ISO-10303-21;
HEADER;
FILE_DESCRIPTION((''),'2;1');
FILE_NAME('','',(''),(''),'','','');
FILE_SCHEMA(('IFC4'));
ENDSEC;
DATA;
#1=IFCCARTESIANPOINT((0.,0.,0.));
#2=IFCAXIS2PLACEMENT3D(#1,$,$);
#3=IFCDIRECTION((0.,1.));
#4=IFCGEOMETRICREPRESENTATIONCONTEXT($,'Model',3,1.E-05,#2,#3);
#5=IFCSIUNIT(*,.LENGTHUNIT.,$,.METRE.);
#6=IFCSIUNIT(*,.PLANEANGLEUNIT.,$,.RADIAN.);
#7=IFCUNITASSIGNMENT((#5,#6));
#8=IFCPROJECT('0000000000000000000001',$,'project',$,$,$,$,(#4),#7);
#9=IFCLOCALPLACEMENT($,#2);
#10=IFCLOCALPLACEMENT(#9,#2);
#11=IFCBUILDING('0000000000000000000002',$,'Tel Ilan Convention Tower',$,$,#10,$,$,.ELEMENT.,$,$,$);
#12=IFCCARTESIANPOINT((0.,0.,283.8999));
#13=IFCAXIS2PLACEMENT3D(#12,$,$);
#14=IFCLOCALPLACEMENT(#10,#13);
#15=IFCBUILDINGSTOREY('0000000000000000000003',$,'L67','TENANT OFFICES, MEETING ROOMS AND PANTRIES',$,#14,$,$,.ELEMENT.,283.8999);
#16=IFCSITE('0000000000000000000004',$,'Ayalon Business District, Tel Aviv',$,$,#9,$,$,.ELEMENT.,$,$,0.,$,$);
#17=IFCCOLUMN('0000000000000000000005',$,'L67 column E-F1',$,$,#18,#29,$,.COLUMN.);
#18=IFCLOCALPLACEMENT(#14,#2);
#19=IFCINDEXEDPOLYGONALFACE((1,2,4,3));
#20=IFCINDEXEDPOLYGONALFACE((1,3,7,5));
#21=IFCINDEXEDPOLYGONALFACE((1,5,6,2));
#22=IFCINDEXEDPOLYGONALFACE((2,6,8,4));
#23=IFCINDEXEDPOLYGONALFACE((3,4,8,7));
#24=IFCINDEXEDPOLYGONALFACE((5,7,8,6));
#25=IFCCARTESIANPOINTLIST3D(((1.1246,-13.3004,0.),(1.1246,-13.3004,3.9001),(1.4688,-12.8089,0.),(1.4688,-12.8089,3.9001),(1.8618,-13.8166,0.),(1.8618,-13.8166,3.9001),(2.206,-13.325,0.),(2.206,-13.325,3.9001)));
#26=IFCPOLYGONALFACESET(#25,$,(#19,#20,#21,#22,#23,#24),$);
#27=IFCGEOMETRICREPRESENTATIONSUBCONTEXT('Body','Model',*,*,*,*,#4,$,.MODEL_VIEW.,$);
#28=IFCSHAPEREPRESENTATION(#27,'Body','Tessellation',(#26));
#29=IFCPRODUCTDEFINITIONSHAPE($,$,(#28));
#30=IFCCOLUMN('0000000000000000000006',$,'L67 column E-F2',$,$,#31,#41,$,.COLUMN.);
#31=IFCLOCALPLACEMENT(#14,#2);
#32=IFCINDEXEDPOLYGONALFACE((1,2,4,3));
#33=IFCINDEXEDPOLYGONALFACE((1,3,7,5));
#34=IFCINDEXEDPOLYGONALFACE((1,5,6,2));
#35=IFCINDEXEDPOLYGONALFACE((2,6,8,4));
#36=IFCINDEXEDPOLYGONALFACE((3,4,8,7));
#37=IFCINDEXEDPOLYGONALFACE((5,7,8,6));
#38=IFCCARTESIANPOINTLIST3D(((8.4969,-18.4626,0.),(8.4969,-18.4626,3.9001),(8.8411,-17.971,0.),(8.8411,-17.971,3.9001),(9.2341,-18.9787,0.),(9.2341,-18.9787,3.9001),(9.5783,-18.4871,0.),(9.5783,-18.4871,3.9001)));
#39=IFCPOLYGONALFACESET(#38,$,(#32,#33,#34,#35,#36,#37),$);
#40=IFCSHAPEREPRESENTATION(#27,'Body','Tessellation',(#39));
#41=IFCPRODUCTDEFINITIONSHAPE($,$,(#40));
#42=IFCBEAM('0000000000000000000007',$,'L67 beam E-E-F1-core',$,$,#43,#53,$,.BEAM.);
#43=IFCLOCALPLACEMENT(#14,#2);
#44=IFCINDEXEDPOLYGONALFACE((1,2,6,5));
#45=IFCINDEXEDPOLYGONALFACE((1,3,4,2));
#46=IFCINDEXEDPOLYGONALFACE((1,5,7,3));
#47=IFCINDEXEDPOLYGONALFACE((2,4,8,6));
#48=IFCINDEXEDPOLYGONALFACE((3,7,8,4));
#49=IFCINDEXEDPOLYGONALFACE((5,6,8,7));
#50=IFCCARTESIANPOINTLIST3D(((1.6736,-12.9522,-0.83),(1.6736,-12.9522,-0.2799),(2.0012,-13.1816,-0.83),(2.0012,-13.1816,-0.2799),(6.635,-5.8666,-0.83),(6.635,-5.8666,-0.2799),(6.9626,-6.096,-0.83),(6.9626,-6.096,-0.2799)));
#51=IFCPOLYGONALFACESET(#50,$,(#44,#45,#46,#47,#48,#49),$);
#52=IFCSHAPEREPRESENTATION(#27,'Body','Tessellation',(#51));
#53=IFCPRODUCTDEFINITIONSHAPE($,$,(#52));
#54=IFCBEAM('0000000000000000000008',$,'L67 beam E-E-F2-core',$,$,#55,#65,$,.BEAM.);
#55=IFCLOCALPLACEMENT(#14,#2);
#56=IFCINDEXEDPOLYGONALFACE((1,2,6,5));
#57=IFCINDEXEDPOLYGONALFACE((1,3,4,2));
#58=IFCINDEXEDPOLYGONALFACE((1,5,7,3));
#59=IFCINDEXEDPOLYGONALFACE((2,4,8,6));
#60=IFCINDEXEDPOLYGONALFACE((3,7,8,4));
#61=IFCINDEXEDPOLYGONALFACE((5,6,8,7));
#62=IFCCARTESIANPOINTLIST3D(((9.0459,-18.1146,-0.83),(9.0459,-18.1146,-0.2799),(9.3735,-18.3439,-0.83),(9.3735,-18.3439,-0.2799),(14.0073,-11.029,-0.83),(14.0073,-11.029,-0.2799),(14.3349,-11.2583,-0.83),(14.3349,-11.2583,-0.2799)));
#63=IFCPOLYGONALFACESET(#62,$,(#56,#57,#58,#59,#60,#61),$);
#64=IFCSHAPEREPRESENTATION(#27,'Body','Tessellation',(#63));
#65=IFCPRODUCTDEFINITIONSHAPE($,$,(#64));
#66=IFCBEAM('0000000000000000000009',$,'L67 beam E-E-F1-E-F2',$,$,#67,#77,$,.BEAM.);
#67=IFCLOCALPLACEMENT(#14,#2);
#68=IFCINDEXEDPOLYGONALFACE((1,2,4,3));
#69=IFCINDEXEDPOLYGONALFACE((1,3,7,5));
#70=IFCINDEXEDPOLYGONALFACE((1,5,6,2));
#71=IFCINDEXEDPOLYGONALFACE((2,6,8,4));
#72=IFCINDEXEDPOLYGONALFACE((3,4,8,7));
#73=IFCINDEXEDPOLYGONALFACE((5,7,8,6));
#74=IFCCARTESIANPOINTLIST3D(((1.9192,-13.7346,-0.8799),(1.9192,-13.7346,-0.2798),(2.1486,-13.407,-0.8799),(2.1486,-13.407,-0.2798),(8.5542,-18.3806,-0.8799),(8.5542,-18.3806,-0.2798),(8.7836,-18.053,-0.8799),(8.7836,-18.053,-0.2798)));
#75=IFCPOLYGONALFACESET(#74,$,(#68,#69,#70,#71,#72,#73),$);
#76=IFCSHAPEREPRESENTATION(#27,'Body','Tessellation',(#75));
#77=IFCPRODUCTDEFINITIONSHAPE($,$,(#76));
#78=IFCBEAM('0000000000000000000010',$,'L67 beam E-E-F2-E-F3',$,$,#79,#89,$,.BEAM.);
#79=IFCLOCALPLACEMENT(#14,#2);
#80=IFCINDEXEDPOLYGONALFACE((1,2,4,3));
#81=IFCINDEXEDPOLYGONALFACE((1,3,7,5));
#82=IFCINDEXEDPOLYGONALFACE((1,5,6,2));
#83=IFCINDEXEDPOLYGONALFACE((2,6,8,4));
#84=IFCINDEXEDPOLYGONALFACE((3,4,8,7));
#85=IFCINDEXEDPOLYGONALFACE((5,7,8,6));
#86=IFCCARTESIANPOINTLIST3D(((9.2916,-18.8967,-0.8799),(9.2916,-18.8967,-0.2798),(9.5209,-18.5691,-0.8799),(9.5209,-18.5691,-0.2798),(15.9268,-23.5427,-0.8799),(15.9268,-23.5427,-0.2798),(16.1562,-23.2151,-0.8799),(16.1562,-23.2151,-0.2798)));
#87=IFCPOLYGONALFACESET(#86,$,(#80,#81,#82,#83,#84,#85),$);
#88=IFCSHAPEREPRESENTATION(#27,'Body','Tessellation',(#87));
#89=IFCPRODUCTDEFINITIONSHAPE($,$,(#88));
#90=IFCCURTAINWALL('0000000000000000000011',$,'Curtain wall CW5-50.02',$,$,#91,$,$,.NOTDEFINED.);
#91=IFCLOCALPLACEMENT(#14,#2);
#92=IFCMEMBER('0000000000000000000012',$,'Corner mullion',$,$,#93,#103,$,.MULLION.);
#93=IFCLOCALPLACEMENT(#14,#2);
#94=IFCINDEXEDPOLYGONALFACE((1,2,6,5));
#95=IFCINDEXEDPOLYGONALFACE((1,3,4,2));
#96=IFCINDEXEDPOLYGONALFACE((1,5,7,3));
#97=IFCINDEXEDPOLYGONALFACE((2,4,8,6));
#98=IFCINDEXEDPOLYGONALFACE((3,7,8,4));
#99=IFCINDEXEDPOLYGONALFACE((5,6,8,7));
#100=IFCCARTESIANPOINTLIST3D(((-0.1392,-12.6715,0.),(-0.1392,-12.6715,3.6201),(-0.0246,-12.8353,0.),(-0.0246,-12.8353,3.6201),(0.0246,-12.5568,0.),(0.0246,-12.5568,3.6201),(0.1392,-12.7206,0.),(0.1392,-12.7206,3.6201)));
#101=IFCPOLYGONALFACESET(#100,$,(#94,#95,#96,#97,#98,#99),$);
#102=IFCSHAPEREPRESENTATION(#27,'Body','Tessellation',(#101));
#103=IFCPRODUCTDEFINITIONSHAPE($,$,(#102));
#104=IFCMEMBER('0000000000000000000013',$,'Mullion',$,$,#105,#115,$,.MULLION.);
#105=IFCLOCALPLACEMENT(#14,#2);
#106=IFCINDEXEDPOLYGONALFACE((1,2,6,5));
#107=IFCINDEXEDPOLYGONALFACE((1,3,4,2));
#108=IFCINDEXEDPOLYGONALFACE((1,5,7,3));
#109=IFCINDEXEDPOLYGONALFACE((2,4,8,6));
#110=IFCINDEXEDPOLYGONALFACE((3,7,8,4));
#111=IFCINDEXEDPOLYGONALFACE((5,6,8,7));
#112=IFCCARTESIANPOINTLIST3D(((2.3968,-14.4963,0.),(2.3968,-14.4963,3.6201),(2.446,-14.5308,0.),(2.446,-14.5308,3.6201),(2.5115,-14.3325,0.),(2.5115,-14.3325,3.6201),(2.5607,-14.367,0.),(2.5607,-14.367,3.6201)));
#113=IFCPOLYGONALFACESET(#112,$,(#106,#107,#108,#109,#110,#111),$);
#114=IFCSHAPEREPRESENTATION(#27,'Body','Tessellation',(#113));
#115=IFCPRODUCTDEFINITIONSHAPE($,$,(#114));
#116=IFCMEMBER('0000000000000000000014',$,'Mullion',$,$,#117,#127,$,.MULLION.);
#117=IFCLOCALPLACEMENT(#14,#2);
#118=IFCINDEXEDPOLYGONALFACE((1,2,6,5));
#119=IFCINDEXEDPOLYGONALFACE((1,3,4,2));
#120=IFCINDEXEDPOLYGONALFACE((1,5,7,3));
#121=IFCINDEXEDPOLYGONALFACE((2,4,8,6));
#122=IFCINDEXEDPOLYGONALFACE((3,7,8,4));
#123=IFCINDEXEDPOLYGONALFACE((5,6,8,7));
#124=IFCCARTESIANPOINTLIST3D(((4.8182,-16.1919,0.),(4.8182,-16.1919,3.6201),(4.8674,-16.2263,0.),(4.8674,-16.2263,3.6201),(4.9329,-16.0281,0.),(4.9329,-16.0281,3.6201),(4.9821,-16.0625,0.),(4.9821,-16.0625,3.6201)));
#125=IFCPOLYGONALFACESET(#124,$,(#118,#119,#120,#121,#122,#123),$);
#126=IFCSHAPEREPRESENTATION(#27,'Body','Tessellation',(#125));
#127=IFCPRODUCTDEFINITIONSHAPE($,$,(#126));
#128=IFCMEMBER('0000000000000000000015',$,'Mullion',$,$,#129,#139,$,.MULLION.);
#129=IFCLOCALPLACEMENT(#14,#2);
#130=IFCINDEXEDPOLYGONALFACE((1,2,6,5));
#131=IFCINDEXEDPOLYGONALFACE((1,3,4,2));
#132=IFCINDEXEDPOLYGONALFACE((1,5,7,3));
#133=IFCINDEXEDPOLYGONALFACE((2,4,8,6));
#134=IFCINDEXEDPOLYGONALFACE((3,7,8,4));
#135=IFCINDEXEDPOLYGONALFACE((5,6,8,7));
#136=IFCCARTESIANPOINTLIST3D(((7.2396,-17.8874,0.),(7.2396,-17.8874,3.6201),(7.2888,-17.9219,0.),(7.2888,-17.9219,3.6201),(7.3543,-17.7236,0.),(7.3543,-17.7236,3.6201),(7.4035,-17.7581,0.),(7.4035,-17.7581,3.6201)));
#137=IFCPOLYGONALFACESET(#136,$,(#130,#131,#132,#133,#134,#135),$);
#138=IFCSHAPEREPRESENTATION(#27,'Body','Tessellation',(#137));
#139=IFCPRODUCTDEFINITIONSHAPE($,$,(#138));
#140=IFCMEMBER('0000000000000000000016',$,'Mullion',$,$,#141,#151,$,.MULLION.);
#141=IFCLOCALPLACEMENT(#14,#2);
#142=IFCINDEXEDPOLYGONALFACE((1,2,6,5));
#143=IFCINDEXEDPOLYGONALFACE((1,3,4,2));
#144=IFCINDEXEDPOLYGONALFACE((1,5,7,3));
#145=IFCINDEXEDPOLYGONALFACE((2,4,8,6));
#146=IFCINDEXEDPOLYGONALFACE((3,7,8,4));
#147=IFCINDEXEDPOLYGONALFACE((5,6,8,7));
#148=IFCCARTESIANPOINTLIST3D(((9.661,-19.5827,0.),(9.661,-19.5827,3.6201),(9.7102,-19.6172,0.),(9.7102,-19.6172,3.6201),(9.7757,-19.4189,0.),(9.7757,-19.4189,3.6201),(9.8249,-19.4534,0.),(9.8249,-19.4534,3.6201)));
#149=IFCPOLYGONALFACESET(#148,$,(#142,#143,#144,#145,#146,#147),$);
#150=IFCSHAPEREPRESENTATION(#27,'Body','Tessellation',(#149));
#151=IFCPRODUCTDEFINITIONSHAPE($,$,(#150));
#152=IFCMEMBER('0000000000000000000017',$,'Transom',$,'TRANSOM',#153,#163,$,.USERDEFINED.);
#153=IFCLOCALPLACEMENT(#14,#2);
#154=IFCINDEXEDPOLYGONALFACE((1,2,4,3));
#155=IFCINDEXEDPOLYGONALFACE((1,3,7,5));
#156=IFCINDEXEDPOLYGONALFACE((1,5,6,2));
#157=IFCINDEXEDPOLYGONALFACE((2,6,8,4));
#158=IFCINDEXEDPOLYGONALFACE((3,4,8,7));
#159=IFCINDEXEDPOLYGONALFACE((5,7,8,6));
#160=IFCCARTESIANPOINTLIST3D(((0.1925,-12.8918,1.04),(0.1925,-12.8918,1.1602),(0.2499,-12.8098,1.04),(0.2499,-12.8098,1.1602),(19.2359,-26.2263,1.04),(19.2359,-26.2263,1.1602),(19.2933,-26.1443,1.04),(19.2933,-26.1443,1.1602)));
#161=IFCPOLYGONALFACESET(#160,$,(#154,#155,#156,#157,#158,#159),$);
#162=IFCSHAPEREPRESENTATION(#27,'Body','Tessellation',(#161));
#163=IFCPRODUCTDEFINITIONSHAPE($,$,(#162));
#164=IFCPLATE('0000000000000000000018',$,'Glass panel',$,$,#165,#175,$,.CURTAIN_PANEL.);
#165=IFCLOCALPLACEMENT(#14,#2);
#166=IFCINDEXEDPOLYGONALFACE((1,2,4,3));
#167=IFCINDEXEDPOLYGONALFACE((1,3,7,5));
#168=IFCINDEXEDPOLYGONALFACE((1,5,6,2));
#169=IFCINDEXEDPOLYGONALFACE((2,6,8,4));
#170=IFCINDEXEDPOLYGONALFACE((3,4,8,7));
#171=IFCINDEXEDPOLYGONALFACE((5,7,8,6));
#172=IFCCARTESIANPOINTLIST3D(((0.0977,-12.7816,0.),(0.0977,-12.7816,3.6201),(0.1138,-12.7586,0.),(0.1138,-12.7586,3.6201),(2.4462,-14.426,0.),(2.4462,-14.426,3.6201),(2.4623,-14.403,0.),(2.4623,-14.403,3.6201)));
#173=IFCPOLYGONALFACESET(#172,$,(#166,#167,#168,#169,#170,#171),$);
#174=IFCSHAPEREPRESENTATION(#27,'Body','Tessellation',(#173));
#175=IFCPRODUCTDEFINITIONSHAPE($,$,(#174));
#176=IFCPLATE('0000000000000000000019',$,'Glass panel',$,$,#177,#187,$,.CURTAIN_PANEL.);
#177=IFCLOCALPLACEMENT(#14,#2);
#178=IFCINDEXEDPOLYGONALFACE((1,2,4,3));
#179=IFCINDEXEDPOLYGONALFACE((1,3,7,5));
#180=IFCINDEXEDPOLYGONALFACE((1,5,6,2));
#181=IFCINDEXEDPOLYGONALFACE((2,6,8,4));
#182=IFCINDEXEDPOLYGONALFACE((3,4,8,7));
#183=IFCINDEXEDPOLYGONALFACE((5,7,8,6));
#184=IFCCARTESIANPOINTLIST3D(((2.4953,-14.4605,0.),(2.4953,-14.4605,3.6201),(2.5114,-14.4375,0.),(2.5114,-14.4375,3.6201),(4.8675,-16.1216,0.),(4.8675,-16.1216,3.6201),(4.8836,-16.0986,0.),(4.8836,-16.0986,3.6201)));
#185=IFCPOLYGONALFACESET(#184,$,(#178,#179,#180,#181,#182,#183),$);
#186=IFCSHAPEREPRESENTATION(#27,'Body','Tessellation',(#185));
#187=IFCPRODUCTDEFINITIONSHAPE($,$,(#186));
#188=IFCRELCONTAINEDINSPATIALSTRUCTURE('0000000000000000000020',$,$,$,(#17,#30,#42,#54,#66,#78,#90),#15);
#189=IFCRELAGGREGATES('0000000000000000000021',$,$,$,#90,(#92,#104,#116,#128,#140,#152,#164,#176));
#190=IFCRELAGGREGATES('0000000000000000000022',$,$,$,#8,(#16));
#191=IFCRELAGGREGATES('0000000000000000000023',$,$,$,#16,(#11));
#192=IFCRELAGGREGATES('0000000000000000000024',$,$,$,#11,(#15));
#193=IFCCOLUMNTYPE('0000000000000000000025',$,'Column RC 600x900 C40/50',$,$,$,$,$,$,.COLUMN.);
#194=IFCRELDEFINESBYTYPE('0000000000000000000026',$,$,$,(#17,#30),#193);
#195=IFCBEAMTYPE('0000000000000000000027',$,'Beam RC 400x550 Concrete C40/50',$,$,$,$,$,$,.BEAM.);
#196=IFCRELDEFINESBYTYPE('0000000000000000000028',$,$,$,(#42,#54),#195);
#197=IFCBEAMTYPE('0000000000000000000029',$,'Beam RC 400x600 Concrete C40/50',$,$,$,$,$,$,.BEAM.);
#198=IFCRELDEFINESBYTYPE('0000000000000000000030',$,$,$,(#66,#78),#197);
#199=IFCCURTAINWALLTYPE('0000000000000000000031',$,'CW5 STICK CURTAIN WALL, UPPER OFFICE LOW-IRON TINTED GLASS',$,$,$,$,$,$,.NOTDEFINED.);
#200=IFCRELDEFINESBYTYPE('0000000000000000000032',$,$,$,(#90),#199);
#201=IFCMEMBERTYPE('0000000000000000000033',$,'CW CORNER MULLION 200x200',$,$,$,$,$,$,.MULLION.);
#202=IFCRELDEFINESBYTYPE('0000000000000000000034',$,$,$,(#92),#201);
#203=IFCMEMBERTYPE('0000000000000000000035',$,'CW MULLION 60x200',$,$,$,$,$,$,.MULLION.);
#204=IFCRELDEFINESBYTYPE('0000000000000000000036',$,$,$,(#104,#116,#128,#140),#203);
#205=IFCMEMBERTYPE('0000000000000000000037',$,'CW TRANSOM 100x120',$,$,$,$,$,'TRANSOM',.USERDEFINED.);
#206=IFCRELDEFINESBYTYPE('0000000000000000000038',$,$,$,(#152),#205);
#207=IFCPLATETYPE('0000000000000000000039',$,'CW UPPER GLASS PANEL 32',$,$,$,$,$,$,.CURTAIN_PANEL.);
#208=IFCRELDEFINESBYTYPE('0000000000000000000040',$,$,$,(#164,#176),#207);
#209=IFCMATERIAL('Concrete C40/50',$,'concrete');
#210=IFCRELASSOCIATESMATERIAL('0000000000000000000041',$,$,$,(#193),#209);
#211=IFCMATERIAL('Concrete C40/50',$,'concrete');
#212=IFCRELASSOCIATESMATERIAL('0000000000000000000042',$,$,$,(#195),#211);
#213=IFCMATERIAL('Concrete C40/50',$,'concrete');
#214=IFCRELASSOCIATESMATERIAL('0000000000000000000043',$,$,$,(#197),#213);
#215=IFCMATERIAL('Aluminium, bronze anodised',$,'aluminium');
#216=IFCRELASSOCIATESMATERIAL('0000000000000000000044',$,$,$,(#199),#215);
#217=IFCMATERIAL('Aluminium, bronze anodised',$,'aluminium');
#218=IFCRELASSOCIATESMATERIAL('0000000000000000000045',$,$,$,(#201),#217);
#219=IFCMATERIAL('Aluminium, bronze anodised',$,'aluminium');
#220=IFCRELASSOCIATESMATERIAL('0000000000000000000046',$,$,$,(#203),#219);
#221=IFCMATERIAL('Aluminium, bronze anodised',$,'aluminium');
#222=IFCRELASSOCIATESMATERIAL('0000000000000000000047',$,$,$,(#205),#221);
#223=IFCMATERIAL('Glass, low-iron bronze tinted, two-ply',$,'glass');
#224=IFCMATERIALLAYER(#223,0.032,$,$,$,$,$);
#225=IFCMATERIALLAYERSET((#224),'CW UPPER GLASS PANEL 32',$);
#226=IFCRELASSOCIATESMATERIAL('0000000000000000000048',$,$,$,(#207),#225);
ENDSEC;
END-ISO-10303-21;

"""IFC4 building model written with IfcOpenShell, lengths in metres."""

from ifc_helpers import new_model, si_unit, direction, frame, origin, origin_2d, place, context, subcontext, project, spatial, rectangle, extrude, material, layer, layer_set, material_profile, profile_set, type_object, element, aggregate, save


model = new_model("IFC4")

# Units and contexts
model_context = context("Model", 3, precision=1e-05, world=origin(), true_north=direction((0.0, 1.0)))
body_context = subcontext(model_context, "Body", "Model", "MODEL_VIEW")
ifc_project = project(units=[si_unit("LENGTHUNIT", "METRE"), si_unit("PLANEANGLEUNIT", "RADIAN")], contexts=[model_context])

# Site, building, storey
site_placement = place(None, origin())
site = spatial("IfcSite", under=ifc_project, at=site_placement, Name="Ayalon Business District, Tel Aviv", CompositionType="ELEMENT", RefElevation=0.0)
building_placement = place(site_placement, origin())
building = spatial("IfcBuilding", under=site, at=building_placement, Name="Tel Ilan Convention Tower", CompositionType="ELEMENT")
storey_placement = place(building_placement, frame((0.0, 0.0, 283.8999)))
storey = spatial("IfcBuildingStorey", under=building, at=storey_placement, Name="L67", Description="TENANT OFFICES, MEETING ROOMS AND PANTRIES", CompositionType="ELEMENT", Elevation=283.8999)

# Columns
ifc_material_1 = material(Name="Concrete C40/50", Category="concrete")
ifc_material_profile_1 = material_profile(ifc_material_1, rectangle(XDim=0.8999, YDim=0.6001, at=origin_2d()), Name="RC 600x900")
ifc_profile_set_1 = profile_set([ifc_material_profile_1], Name="Concrete C40/50")
column_type = type_object("IfcColumnType", Name="Column RC 600x900 C40/50", PredefinedType="COLUMN", material=ifc_profile_set_1)
for number, where, z_axis, x_axis, name in (
    (1, (1.6653, -13.3127, 0.0), (0.0, 0.0, 1.0), (0.819152, -0.573576, 0.0), "L67 column E-F1"),
    (2, (9.0376, -18.4749, 0.0), (0.0, 0.0, 1.0), (0.819152, -0.573576, 0.0), "L67 column E-F2"),
):
    element("IfcColumn", number, at=place(storey_placement, frame(where, z_axis=z_axis, x_axis=x_axis)), inside=storey, type_object=column_type, Name=name, PredefinedType="COLUMN", context=body_context, shape_type="SweptSolid", body=[
        extrude(rectangle(XDim=0.8999, YDim=0.6001, at=origin_2d()), origin(), (0.0, 0.0, 1.0), 3.9001),
    ])

# Beams
ifc_material_2 = material(Name="Concrete C40/50", Category="concrete")
ifc_material_profile_2 = material_profile(ifc_material_2, rectangle(XDim=0.3999, YDim=0.55, at=origin_2d()), Name="RC 400x550")
ifc_profile_set_2 = profile_set([ifc_material_profile_2], Name="Concrete C40/50")
beam_type_1 = type_object("IfcBeamType", Name="Beam RC 400x550 Concrete C40/50", PredefinedType="BEAM", material=ifc_profile_set_2)
for number, where, z_axis, x_axis, name in (
    (3, (1.8374, -13.0669, -0.5549), (0.573574, 0.819154, 0.0), (-0.819154, 0.573574, 0.0), "L67 beam E-E-F1-core"),
    (4, (9.2097, -18.2292, -0.5549), (0.573574, 0.819154, 0.0), (-0.819154, 0.573574, 0.0), "L67 beam E-E-F2-core"),
):
    element("IfcBeam", number, at=place(storey_placement, frame(where, z_axis=z_axis, x_axis=x_axis)), inside=storey, type_object=beam_type_1, Name=name, PredefinedType="BEAM", context=body_context, shape_type="SweptSolid", body=[
        extrude(rectangle(XDim=0.3999, YDim=0.55, at=origin_2d()), origin(), (0.0, 0.0, 1.0), 8.6499),
    ])
ifc_material_3 = material(Name="Concrete C40/50", Category="concrete")
ifc_material_profile_3 = material_profile(ifc_material_3, rectangle(XDim=0.3999, YDim=0.6001, at=origin_2d()), Name="RC 400x600")
ifc_profile_set_3 = profile_set([ifc_material_profile_3], Name="Concrete C40/50")
beam_type_2 = type_object("IfcBeamType", Name="Beam RC 400x600 Concrete C40/50", PredefinedType="BEAM", material=ifc_profile_set_3)
beam_1_placement = place(storey_placement, frame((2.0339, -13.5708, -0.5798), z_axis=(0.819146, -0.573586, 0.0), x_axis=(0.573586, 0.819146, 0.0)))
element("IfcBeam", 5, at=beam_1_placement, inside=storey, type_object=beam_type_2, Name="L67 beam E-E-F1-E-F2", PredefinedType="BEAM", context=body_context, shape_type="SweptSolid", body=[
    extrude(rectangle(XDim=0.3999, YDim=0.6001, at=origin_2d()), origin(), (0.0, 0.0, 1.0), 8.0999),
])
beam_2_placement = place(storey_placement, frame((9.4062, -18.7329, -0.5798), z_axis=(0.819155, -0.573572, 0.0), x_axis=(0.573572, 0.819155, 0.0)))
element("IfcBeam", 6, at=beam_2_placement, inside=storey, type_object=beam_type_2, Name="L67 beam E-E-F2-E-F3", PredefinedType="BEAM", context=body_context, shape_type="SweptSolid", body=[
    extrude(rectangle(XDim=0.3999, YDim=0.6001, at=origin_2d()), origin(), (0.0, 0.0, 1.0), 8.1001),
])

# Curtain wall, members, plates
ifc_material_4 = material(Name="Aluminium, bronze anodised", Category="aluminium")
curtain_wall_type = type_object("IfcCurtainWallType", Name="CW5 STICK CURTAIN WALL, UPPER OFFICE LOW-IRON TINTED GLASS", PredefinedType="NOTDEFINED", material=ifc_material_4)
curtain_wall_placement = place(storey_placement, origin())
curtain_wall = element("IfcCurtainWall", 7, at=curtain_wall_placement, inside=storey, type_object=curtain_wall_type, Name="Curtain wall CW5-50.02", PredefinedType="NOTDEFINED")
ifc_material_5 = material(Name="Aluminium, bronze anodised", Category="aluminium")
ifc_material_profile_4 = material_profile(ifc_material_5, rectangle(XDim=0.2, YDim=0.2, at=origin_2d()), Name="CW CORNER MULLION 200x200")
ifc_profile_set_4 = profile_set([ifc_material_profile_4], Name="Aluminium, bronze anodised")
member_type_1 = type_object("IfcMemberType", Name="CW CORNER MULLION 200x200", PredefinedType="MULLION", material=ifc_profile_set_4)
member_1_placement = place(storey_placement, frame((0.0, -12.696, 0.0), z_axis=(0.0, 0.0, 1.0), x_axis=(0.819152, 0.573576, 0.0)))
member_1 = element("IfcMember", 8, at=member_1_placement, type_object=member_type_1, Name="Corner mullion", PredefinedType="MULLION", context=body_context, shape_type="SweptSolid", body=[
    extrude(rectangle(XDim=0.2, YDim=0.2, at=origin_2d()), origin(), (0.0, 0.0, 1.0), 3.6201),
])
ifc_material_6 = material(Name="Aluminium, bronze anodised", Category="aluminium")
ifc_material_profile_5 = material_profile(ifc_material_6, rectangle(XDim=0.0601, YDim=0.2, at=origin_2d()), Name="CW MULLION 60x200")
ifc_profile_set_5 = profile_set([ifc_material_profile_5], Name="Aluminium, bronze anodised")
member_type_2 = type_object("IfcMemberType", Name="CW MULLION 60x200", PredefinedType="MULLION", material=ifc_profile_set_5)
member_2_placement = place(storey_placement, frame((2.4788, -14.4316, 0.0), z_axis=(0.0, 0.0, 1.0), x_axis=(0.819152, -0.573576, 0.0)))
member_2 = element("IfcMember", 9, at=member_2_placement, type_object=member_type_2, Name="Mullion", PredefinedType="MULLION", context=body_context, shape_type="SweptSolid", body=[
    extrude(rectangle(XDim=0.0601, YDim=0.2, at=origin_2d()), origin(), (0.0, 0.0, 1.0), 3.6201),
])
member_3_placement = place(storey_placement, frame((4.9001, -16.1272, 0.0), z_axis=(0.0, 0.0, 1.0), x_axis=(0.819152, -0.573576, 0.0)))
member_3 = element("IfcMember", 10, at=member_3_placement, type_object=member_type_2, Name="Mullion", PredefinedType="MULLION", context=body_context, shape_type="SweptSolid", body=[
    extrude(rectangle(XDim=0.0601, YDim=0.2, at=origin_2d()), origin(), (0.0, 0.0, 1.0), 3.6201),
])
member_4_placement = place(storey_placement, frame((7.3215, -17.8228, 0.0), z_axis=(0.0, 0.0, 1.0), x_axis=(0.819152, -0.573576, 0.0)))
member_4 = element("IfcMember", 11, at=member_4_placement, type_object=member_type_2, Name="Mullion", PredefinedType="MULLION", context=body_context, shape_type="SweptSolid", body=[
    extrude(rectangle(XDim=0.0601, YDim=0.2, at=origin_2d()), origin(), (0.0, 0.0, 1.0), 3.6201),
])
member_5_placement = place(storey_placement, frame((9.7429, -19.5181, 0.0), z_axis=(0.0, 0.0, 1.0), x_axis=(0.819152, -0.573576, 0.0)))
member_5 = element("IfcMember", 12, at=member_5_placement, type_object=member_type_2, Name="Mullion", PredefinedType="MULLION", context=body_context, shape_type="SweptSolid", body=[
    extrude(rectangle(XDim=0.0601, YDim=0.2, at=origin_2d()), origin(), (0.0, 0.0, 1.0), 3.6201),
])
ifc_material_7 = material(Name="Aluminium, bronze anodised", Category="aluminium")
ifc_material_profile_6 = material_profile(ifc_material_7, rectangle(XDim=0.1001, YDim=0.1201, at=origin_2d()), Name="CW TRANSOM 100x120")
ifc_profile_set_6 = profile_set([ifc_material_profile_6], Name="Aluminium, bronze anodised")
member_type_3 = type_object("IfcMemberType", Name="CW TRANSOM 100x120", ElementType="TRANSOM", PredefinedType="USERDEFINED", material=ifc_profile_set_6)
member_6_placement = place(storey_placement, frame((0.2212, -12.8508, 1.1001), z_axis=(0.81915, -0.573579, 0.0), x_axis=(0.573579, 0.81915, 0.0)))
member_6 = element("IfcMember", 13, at=member_6_placement, type_object=member_type_3, Name="Transom", ObjectType="TRANSOM", PredefinedType="USERDEFINED", context=body_context, shape_type="SweptSolid", body=[
    extrude(rectangle(XDim=0.1001, YDim=0.1201, at=origin_2d()), origin(), (0.0, 0.0, 1.0), 23.2478),
])
ifc_material_8 = material(Name="Glass, low-iron bronze tinted, two-ply", Category="glass")
ifc_layer_1 = layer(ifc_material_8, 0.032)
ifc_layer_set_1 = layer_set([ifc_layer_1], Name="CW UPPER GLASS PANEL 32")
plate_type = type_object("IfcPlateType", Name="CW UPPER GLASS PANEL 32", PredefinedType="CURTAIN_PANEL", material=ifc_layer_set_1)
plate_1_placement = place(storey_placement, frame((1.28, -13.5923, 0.0), z_axis=(0.0, 0.0, 1.0), x_axis=(0.819152, -0.573576, 0.0)))
plate_1 = element("IfcPlate", 14, at=plate_1_placement, type_object=plate_type, Name="Glass panel", PredefinedType="CURTAIN_PANEL", context=body_context, shape_type="SweptSolid", body=[
    extrude(rectangle(XDim=2.8669, YDim=0.0281, at=origin_2d()), origin(), (0.0, 0.0, 1.0), 3.6201),
])
plate_2_placement = place(storey_placement, frame((3.6895, -15.2795, 0.0), z_axis=(0.0, 0.0, 1.0), x_axis=(0.819152, -0.573576, 0.0)))
plate_2 = element("IfcPlate", 15, at=plate_2_placement, type_object=plate_type, Name="Glass panel", PredefinedType="CURTAIN_PANEL", context=body_context, shape_type="SweptSolid", body=[
    extrude(rectangle(XDim=2.896, YDim=0.0281, at=origin_2d()), origin(), (0.0, 0.0, 1.0), 3.6201),
])
aggregate(curtain_wall, [member_1, member_2, member_3, member_4, member_5, member_6, plate_1, plate_2])

save(model, "model.ifc")
